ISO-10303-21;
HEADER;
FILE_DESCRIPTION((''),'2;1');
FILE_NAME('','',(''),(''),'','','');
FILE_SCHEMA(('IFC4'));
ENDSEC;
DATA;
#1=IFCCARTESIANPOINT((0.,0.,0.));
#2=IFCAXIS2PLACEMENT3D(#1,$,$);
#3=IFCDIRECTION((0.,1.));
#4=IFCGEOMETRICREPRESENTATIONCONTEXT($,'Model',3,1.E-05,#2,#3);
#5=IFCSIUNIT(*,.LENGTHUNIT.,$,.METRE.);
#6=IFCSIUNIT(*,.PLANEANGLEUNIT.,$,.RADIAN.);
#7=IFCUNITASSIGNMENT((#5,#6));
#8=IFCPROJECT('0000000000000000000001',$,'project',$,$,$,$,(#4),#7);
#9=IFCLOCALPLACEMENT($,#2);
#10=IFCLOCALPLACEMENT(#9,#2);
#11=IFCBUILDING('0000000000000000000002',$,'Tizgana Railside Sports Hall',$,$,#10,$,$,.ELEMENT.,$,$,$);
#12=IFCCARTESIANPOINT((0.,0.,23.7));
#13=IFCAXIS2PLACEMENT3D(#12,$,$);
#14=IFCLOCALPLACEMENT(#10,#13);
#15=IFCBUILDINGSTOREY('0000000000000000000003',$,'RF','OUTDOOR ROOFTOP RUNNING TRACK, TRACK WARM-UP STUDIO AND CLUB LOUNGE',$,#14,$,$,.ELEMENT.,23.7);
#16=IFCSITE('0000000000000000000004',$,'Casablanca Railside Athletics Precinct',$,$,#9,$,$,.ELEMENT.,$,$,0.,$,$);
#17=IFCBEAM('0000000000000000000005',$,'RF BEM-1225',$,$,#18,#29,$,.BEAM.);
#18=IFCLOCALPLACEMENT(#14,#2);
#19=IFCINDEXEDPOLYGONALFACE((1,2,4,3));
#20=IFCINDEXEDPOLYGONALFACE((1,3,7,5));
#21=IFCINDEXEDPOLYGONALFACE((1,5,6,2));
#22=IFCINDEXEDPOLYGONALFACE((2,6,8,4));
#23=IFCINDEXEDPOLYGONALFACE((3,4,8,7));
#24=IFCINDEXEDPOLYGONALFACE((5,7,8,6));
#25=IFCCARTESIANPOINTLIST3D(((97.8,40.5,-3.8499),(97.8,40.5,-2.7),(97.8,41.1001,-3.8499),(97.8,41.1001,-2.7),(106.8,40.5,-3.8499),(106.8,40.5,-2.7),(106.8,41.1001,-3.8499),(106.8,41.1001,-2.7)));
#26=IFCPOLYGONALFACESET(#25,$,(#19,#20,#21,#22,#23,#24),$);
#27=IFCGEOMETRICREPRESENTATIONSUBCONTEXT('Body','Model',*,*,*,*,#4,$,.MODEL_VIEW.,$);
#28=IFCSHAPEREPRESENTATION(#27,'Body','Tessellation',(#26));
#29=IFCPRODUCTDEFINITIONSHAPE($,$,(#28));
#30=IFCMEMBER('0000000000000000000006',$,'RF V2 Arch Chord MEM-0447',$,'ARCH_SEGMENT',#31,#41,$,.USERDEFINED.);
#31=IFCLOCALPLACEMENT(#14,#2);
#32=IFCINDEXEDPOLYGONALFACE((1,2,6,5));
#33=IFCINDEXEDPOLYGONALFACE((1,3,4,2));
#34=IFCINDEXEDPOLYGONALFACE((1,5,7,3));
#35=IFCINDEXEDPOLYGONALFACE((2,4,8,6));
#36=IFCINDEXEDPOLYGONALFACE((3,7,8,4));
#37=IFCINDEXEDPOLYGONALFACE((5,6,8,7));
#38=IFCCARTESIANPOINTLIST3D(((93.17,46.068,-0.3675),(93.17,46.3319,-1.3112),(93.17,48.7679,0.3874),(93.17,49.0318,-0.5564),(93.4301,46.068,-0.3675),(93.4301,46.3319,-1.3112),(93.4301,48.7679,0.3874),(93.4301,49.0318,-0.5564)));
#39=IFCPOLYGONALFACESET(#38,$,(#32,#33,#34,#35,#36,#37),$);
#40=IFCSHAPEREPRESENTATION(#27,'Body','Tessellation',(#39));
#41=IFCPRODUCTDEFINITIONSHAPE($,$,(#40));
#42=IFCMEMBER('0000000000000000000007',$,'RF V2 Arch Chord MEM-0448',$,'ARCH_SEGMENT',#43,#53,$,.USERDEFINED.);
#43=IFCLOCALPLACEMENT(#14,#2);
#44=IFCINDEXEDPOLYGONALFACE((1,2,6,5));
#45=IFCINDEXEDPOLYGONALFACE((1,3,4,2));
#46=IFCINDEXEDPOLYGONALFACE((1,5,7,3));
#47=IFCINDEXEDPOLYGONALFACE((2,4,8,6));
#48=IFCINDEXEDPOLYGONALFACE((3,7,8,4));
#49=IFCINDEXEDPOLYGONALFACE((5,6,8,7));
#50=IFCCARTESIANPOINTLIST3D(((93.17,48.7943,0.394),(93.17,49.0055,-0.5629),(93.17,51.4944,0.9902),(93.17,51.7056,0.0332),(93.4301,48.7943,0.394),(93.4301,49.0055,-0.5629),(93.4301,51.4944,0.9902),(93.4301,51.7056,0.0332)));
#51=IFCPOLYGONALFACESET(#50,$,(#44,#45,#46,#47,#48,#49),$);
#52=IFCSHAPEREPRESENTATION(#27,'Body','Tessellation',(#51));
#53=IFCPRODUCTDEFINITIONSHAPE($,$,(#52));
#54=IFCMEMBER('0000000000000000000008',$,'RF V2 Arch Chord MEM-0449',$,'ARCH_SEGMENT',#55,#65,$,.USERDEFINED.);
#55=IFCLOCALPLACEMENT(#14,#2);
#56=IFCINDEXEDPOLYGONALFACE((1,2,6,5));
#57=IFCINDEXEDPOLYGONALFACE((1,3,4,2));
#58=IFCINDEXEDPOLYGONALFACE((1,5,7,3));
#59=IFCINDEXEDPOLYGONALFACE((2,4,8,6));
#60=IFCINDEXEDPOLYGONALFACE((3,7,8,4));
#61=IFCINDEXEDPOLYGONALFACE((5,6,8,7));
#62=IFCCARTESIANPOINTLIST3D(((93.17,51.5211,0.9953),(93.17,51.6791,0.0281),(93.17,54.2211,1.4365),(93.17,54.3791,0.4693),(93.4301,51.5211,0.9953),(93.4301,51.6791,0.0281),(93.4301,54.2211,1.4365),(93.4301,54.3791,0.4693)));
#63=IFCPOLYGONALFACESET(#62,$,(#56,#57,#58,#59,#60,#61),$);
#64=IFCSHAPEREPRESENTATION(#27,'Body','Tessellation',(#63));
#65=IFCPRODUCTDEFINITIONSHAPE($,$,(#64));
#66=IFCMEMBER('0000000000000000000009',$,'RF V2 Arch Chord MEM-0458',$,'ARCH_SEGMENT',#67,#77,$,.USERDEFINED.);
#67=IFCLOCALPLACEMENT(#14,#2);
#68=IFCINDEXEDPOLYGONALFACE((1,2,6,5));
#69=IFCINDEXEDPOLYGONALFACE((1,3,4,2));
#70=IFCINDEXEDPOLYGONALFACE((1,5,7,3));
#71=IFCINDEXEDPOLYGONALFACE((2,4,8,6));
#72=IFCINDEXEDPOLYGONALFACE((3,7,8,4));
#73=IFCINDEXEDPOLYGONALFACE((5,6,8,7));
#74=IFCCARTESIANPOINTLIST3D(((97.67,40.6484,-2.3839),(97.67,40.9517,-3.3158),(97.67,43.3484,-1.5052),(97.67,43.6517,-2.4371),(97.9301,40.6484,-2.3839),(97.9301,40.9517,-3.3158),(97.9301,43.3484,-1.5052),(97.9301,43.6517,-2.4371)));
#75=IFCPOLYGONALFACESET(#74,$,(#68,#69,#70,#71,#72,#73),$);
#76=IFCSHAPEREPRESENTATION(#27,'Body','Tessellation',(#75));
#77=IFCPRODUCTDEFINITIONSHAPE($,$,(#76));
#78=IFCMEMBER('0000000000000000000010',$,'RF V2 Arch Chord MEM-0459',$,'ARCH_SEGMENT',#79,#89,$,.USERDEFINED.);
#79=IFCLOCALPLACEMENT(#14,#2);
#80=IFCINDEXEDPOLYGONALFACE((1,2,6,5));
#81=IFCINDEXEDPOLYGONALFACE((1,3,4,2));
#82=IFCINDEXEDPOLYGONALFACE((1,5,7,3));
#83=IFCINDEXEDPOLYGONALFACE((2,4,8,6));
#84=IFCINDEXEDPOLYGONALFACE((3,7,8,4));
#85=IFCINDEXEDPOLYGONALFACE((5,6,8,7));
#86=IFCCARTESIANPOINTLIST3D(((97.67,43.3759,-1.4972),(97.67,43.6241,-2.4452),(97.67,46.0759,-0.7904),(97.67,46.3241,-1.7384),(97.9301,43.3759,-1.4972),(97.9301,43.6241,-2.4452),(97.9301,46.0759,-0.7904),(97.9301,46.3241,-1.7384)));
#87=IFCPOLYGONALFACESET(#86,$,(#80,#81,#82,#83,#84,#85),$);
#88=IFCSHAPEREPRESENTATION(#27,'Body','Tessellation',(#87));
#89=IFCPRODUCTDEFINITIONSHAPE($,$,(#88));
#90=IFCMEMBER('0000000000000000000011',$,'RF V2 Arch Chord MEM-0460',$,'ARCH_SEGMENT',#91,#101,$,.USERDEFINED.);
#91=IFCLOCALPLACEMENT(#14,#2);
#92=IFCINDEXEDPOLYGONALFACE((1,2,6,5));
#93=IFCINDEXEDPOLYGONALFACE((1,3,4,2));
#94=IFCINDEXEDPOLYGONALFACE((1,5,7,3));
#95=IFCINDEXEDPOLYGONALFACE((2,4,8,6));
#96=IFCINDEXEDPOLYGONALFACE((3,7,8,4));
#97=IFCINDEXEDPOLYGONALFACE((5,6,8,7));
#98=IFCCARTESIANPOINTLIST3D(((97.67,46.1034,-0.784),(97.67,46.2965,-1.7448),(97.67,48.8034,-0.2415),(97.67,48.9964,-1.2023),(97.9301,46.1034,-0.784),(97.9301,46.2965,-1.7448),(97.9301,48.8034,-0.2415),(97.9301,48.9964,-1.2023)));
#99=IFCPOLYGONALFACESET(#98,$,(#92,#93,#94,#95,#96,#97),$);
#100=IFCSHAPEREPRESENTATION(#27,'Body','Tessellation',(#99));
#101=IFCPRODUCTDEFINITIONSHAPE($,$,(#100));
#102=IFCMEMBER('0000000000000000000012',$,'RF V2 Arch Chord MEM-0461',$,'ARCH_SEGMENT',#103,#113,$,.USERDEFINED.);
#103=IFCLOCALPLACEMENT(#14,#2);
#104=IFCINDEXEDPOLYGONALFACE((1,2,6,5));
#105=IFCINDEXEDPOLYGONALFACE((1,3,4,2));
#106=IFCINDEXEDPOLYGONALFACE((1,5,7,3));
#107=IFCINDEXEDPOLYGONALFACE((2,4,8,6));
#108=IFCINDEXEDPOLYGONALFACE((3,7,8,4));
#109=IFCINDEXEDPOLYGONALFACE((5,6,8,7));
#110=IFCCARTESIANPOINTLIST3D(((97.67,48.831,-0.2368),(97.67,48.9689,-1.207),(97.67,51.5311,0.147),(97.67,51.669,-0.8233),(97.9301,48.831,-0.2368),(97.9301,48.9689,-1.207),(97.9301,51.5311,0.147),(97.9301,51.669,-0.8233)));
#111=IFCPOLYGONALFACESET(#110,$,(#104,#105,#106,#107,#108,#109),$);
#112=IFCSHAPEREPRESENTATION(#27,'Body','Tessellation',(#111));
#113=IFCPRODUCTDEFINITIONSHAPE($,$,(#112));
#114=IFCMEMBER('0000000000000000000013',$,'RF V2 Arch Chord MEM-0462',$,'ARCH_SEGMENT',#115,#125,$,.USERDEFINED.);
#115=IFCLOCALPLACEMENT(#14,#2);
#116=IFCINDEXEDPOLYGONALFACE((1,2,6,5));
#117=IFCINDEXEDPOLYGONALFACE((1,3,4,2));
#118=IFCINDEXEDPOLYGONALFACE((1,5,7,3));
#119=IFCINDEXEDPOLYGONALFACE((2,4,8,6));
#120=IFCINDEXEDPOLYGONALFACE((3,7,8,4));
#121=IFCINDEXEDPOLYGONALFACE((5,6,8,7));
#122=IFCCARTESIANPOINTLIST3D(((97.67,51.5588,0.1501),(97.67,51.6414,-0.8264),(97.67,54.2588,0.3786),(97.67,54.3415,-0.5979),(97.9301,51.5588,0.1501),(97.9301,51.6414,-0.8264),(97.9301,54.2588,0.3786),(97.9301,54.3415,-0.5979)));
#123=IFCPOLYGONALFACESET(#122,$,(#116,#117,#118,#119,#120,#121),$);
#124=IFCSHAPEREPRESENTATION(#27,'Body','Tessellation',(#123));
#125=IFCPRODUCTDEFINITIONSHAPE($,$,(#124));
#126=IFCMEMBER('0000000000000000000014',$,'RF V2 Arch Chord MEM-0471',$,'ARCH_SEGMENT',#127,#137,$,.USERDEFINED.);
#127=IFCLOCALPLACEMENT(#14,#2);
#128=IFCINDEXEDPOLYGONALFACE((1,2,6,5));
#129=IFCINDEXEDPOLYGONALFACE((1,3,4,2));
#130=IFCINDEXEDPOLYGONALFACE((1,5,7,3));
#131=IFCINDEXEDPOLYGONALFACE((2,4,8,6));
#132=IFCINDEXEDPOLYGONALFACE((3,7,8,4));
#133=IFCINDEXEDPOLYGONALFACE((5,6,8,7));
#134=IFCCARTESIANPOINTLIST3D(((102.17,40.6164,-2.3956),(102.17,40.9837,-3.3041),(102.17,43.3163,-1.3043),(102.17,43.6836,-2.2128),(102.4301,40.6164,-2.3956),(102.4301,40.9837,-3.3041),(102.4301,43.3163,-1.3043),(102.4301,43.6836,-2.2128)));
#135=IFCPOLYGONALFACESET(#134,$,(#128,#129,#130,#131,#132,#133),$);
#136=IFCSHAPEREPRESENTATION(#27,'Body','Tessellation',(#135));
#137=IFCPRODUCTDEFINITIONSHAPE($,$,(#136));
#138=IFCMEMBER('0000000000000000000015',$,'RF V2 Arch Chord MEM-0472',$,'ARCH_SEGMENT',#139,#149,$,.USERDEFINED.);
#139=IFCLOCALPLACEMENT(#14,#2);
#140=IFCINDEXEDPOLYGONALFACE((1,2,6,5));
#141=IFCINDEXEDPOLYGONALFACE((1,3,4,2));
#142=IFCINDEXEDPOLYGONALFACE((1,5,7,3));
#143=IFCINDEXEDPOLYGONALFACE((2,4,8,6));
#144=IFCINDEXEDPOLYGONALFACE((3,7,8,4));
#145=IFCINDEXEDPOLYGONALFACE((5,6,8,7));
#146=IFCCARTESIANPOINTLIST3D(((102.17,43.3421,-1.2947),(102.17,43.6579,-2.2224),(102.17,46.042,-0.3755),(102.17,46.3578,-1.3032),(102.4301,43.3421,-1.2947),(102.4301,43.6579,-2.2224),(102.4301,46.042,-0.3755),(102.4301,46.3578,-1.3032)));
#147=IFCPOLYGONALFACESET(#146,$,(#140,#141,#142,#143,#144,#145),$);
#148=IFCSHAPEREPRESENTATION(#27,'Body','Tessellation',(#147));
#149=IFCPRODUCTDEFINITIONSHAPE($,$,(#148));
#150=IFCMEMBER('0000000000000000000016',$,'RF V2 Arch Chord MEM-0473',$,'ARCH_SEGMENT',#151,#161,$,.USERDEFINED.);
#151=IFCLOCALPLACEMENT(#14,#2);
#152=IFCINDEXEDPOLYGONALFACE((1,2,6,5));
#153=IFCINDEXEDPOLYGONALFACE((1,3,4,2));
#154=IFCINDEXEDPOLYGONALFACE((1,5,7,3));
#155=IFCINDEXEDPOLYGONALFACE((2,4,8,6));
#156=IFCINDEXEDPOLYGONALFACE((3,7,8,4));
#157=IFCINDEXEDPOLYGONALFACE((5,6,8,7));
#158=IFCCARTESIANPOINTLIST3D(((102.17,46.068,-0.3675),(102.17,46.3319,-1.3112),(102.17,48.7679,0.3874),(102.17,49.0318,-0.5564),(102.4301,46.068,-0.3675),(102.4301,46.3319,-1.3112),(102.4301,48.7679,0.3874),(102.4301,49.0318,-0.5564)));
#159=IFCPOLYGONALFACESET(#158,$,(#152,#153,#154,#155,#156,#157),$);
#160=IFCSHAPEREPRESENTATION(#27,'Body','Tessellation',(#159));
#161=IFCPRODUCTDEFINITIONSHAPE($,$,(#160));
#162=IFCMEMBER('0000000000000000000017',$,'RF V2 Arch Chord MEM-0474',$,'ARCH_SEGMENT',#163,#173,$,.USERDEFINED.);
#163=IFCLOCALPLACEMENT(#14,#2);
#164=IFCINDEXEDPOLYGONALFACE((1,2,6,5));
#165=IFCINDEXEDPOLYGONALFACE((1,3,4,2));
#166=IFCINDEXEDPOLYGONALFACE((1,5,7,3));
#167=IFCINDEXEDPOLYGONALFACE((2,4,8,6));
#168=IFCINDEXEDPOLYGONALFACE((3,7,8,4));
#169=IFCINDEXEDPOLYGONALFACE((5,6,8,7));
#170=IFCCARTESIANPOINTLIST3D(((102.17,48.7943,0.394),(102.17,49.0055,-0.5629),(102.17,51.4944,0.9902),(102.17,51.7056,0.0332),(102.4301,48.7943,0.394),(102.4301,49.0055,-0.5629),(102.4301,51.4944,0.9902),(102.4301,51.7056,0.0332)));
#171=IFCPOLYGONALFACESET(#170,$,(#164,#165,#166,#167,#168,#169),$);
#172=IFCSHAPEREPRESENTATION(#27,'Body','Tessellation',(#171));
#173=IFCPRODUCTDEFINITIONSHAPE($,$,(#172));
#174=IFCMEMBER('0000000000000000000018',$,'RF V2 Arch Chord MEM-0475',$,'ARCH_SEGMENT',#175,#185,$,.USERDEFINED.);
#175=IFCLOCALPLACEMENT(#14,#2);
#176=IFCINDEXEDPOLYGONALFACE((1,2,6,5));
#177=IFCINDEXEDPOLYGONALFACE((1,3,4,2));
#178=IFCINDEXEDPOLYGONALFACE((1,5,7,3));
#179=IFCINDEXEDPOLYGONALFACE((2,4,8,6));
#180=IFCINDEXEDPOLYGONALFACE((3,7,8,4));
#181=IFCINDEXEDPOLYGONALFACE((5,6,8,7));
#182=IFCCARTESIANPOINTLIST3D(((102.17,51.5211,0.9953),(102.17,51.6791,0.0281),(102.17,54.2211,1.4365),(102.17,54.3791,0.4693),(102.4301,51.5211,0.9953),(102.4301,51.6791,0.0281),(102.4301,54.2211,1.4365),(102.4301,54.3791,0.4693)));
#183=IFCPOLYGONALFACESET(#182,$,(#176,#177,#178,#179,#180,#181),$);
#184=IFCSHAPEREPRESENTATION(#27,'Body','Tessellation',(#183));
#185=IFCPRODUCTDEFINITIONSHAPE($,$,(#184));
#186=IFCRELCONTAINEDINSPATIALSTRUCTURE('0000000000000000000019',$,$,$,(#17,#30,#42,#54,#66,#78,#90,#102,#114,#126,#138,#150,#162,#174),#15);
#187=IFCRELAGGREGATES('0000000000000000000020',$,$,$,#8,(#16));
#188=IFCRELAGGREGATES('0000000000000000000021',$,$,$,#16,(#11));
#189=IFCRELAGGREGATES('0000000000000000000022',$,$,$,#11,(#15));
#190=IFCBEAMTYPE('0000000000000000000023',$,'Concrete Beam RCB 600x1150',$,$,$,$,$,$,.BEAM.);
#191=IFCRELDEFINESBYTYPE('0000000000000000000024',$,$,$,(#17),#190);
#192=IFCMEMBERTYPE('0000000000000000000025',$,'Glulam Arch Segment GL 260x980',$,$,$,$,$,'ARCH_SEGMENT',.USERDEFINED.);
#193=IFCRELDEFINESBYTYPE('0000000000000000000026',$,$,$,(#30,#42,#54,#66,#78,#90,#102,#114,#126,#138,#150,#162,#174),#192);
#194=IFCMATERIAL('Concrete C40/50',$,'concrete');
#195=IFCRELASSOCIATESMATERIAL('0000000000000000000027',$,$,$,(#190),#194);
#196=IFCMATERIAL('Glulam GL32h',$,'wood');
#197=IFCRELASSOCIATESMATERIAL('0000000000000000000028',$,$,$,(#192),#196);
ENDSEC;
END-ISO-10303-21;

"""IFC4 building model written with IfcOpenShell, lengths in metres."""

from ifc_helpers import new_model, si_unit, direction, frame, origin, origin_2d, place, context, subcontext, project, spatial, rectangle, extrude, material, material_profile, profile_set, type_object, element, save


model = new_model("IFC4")

# Units and contexts
model_context = context("Model", 3, precision=1e-05, world=origin(), true_north=direction((0.0, 1.0)))
body_context = subcontext(model_context, "Body", "Model", "MODEL_VIEW")
ifc_project = project(units=[si_unit("LENGTHUNIT", "METRE"), si_unit("PLANEANGLEUNIT", "RADIAN")], contexts=[model_context])

# Site, building, storey
site_placement = place(None, origin())
site = spatial("IfcSite", under=ifc_project, at=site_placement, Name="Casablanca Railside Athletics Precinct", CompositionType="ELEMENT", RefElevation=0.0)
building_placement = place(site_placement, origin())
building = spatial("IfcBuilding", under=site, at=building_placement, Name="Tizgana Railside Sports Hall", CompositionType="ELEMENT")
storey_placement = place(building_placement, frame((0.0, 0.0, 23.7)))
storey = spatial("IfcBuildingStorey", under=building, at=storey_placement, Name="RF", Description="OUTDOOR ROOFTOP RUNNING TRACK, TRACK WARM-UP STUDIO AND CLUB LOUNGE", CompositionType="ELEMENT", Elevation=23.7)

# Beam
ifc_material_1 = material(Name="Concrete C40/50", Category="concrete")
ifc_material_profile_1 = material_profile(ifc_material_1, rectangle(XDim=0.6001, YDim=1.1499, at=origin_2d()), Name="RCB 600x1150")
ifc_profile_set_1 = profile_set([ifc_material_profile_1], Name="Concrete C40/50")
beam_type = type_object("IfcBeamType", Name="Concrete Beam RCB 600x1150", PredefinedType="BEAM", material=ifc_profile_set_1)
beam_placement = place(storey_placement, frame((97.8, 40.8, -3.2749), z_axis=(1.0, 0.0, 0.0), x_axis=(0.0, 1.0, 0.0)))
element("IfcBeam", 1, at=beam_placement, inside=storey, type_object=beam_type, Name="RF BEM-1225", PredefinedType="BEAM", context=body_context, shape_type="SweptSolid", body=[
    extrude(rectangle(XDim=0.6001, YDim=1.1499, at=origin_2d()), origin(), (0.0, 0.0, 1.0), 9.0),
])

# Members
ifc_material_2 = material(Name="Glulam GL32h", Category="wood")
ifc_material_profile_2 = material_profile(ifc_material_2, rectangle(XDim=0.26, YDim=0.98, at=origin_2d()), Name="GL 260x980")
ifc_profile_set_2 = profile_set([ifc_material_profile_2], Name="Glulam GL32h")
member_type_1 = type_object("IfcMemberType", Name="Glulam Arch Segment GL 260x980", ElementType="ARCH_SEGMENT", PredefinedType="USERDEFINED", material=ifc_profile_set_2)
member_1_placement = place(storey_placement, frame((93.3, 46.2, -0.8394), z_axis=(0.0, 0.963066, 0.269265), x_axis=(-1.0, 0.0, 0.0)))
element("IfcMember", 2, at=member_1_placement, inside=storey, type_object=member_type_1, Name="RF V2 Arch Chord MEM-0447", ObjectType="ARCH_SEGMENT", PredefinedType="USERDEFINED", context=body_context, shape_type="SweptSolid", body=[
    extrude(rectangle(XDim=0.26, YDim=0.98, at=origin_2d()), origin(), (0.0, 0.0, 1.0), 2.8035),
])
member_2_placement = place(storey_placement, frame((93.3, 48.8999, -0.0845), z_axis=(0.0, 0.976481, 0.215603), x_axis=(-1.0, 0.0, 0.0)))
element("IfcMember", 3, at=member_2_placement, inside=storey, type_object=member_type_1, Name="RF V2 Arch Chord MEM-0448", ObjectType="ARCH_SEGMENT", PredefinedType="USERDEFINED", context=body_context, shape_type="SweptSolid", body=[
    extrude(rectangle(XDim=0.26, YDim=0.98, at=origin_2d()), origin(), (0.0, 0.0, 1.0), 2.7651),
])
member_3_placement = place(storey_placement, frame((93.3, 51.6001, 0.5117), z_axis=(0.0, 0.986912, 0.161258), x_axis=(-1.0, 0.0, 0.0)))
element("IfcMember", 4, at=member_3_placement, inside=storey, type_object=member_type_1, Name="RF V2 Arch Chord MEM-0449", ObjectType="ARCH_SEGMENT", PredefinedType="USERDEFINED", context=body_context, shape_type="SweptSolid", body=[
    extrude(rectangle(XDim=0.26, YDim=0.98, at=origin_2d()), origin(), (0.0, 0.0, 1.0), 2.7358),
])
member_4_placement = place(storey_placement, frame((97.8, 40.8, -2.8499), z_axis=(0.0, 0.950912, 0.309461), x_axis=(-1.0, 0.0, 0.0)))
element("IfcMember", 5, at=member_4_placement, inside=storey, type_object=member_type_1, Name="RF V2 Arch Chord MEM-0458", ObjectType="ARCH_SEGMENT", PredefinedType="USERDEFINED", context=body_context, shape_type="SweptSolid", body=[
    extrude(rectangle(XDim=0.26, YDim=0.98, at=origin_2d()), origin(), (0.0, 0.0, 1.0), 2.8394),
])
member_5_placement = place(storey_placement, frame((97.8, 43.5, -1.9712), z_axis=(0.0, 0.967402, 0.253244), x_axis=(-1.0, 0.0, 0.0)))
element("IfcMember", 6, at=member_5_placement, inside=storey, type_object=member_type_1, Name="RF V2 Arch Chord MEM-0459", ObjectType="ARCH_SEGMENT", PredefinedType="USERDEFINED", context=body_context, shape_type="SweptSolid", body=[
    extrude(rectangle(XDim=0.26, YDim=0.98, at=origin_2d()), origin(), (0.0, 0.0, 1.0), 2.791),
])
member_6_placement = place(storey_placement, frame((97.8, 46.2, -1.2644), z_axis=(0.0, 0.980406, 0.196986), x_axis=(-1.0, 0.0, 0.0)))
element("IfcMember", 7, at=member_6_placement, inside=storey, type_object=member_type_1, Name="RF V2 Arch Chord MEM-0460", ObjectType="ARCH_SEGMENT", PredefinedType="USERDEFINED", context=body_context, shape_type="SweptSolid", body=[
    extrude(rectangle(XDim=0.26, YDim=0.98, at=origin_2d()), origin(), (0.0, 0.0, 1.0), 2.7539),
])
member_7_placement = place(storey_placement, frame((97.8, 48.8999, -0.7219), z_axis=(0.0, 0.99005, 0.14072), x_axis=(-1.0, 0.0, 0.0)))
element("IfcMember", 8, at=member_7_placement, inside=storey, type_object=member_type_1, Name="RF V2 Arch Chord MEM-0461", ObjectType="ARCH_SEGMENT", PredefinedType="USERDEFINED", context=body_context, shape_type="SweptSolid", body=[
    extrude(rectangle(XDim=0.26, YDim=0.98, at=origin_2d()), origin(), (0.0, 0.0, 1.0), 2.7273),
])
member_8_placement = place(storey_placement, frame((97.8, 51.6001, -0.3381), z_axis=(0.0, 0.996437, 0.084335), x_axis=(-1.0, 0.0, 0.0)))
element("IfcMember", 9, at=member_8_placement, inside=storey, type_object=member_type_1, Name="RF V2 Arch Chord MEM-0462", ObjectType="ARCH_SEGMENT", PredefinedType="USERDEFINED", context=body_context, shape_type="SweptSolid", body=[
    extrude(rectangle(XDim=0.26, YDim=0.98, at=origin_2d()), origin(), (0.0, 0.0, 1.0), 2.7097),
])
member_9_placement = place(storey_placement, frame((102.3, 40.8, -2.8499), z_axis=(0.0, 0.927129, 0.374742), x_axis=(-1.0, 0.0, 0.0)))
element("IfcMember", 10, at=member_9_placement, inside=storey, type_object=member_type_1, Name="RF V2 Arch Chord MEM-0471", ObjectType="ARCH_SEGMENT", PredefinedType="USERDEFINED", context=body_context, shape_type="SweptSolid", body=[
    extrude(rectangle(XDim=0.26, YDim=0.98, at=origin_2d()), origin(), (0.0, 0.0, 1.0), 2.9121),
])
member_10_placement = place(storey_placement, frame((102.3, 43.5, -1.7585), z_axis=(0.0, 0.946644, 0.322282), x_axis=(-1.0, 0.0, 0.0)))
element("IfcMember", 11, at=member_10_placement, inside=storey, type_object=member_type_1, Name="RF V2 Arch Chord MEM-0472", ObjectType="ARCH_SEGMENT", PredefinedType="USERDEFINED", context=body_context, shape_type="SweptSolid", body=[
    extrude(rectangle(XDim=0.26, YDim=0.98, at=origin_2d()), origin(), (0.0, 0.0, 1.0), 2.8521),
])
member_11_placement = place(storey_placement, frame((102.3, 46.2, -0.8394), z_axis=(0.0, 0.963066, 0.269265), x_axis=(-1.0, 0.0, 0.0)))
element("IfcMember", 12, at=member_11_placement, inside=storey, type_object=member_type_1, Name="RF V2 Arch Chord MEM-0473", ObjectType="ARCH_SEGMENT", PredefinedType="USERDEFINED", context=body_context, shape_type="SweptSolid", body=[
    extrude(rectangle(XDim=0.26, YDim=0.98, at=origin_2d()), origin(), (0.0, 0.0, 1.0), 2.8035),
])
member_12_placement = place(storey_placement, frame((102.3, 48.8999, -0.0845), z_axis=(0.0, 0.976481, 0.215603), x_axis=(-1.0, 0.0, 0.0)))
element("IfcMember", 13, at=member_12_placement, inside=storey, type_object=member_type_1, Name="RF V2 Arch Chord MEM-0474", ObjectType="ARCH_SEGMENT", PredefinedType="USERDEFINED", context=body_context, shape_type="SweptSolid", body=[
    extrude(rectangle(XDim=0.26, YDim=0.98, at=origin_2d()), origin(), (0.0, 0.0, 1.0), 2.7651),
])
member_13_placement = place(storey_placement, frame((102.3, 51.6001, 0.5117), z_axis=(0.0, 0.986912, 0.161258), x_axis=(-1.0, 0.0, 0.0)))
element("IfcMember", 14, at=member_13_placement, inside=storey, type_object=member_type_1, Name="RF V2 Arch Chord MEM-0475", ObjectType="ARCH_SEGMENT", PredefinedType="USERDEFINED", context=body_context, shape_type="SweptSolid", body=[
    extrude(rectangle(XDim=0.26, YDim=0.98, at=origin_2d()), origin(), (0.0, 0.0, 1.0), 2.7358),
])

save(model, "model.ifc")
